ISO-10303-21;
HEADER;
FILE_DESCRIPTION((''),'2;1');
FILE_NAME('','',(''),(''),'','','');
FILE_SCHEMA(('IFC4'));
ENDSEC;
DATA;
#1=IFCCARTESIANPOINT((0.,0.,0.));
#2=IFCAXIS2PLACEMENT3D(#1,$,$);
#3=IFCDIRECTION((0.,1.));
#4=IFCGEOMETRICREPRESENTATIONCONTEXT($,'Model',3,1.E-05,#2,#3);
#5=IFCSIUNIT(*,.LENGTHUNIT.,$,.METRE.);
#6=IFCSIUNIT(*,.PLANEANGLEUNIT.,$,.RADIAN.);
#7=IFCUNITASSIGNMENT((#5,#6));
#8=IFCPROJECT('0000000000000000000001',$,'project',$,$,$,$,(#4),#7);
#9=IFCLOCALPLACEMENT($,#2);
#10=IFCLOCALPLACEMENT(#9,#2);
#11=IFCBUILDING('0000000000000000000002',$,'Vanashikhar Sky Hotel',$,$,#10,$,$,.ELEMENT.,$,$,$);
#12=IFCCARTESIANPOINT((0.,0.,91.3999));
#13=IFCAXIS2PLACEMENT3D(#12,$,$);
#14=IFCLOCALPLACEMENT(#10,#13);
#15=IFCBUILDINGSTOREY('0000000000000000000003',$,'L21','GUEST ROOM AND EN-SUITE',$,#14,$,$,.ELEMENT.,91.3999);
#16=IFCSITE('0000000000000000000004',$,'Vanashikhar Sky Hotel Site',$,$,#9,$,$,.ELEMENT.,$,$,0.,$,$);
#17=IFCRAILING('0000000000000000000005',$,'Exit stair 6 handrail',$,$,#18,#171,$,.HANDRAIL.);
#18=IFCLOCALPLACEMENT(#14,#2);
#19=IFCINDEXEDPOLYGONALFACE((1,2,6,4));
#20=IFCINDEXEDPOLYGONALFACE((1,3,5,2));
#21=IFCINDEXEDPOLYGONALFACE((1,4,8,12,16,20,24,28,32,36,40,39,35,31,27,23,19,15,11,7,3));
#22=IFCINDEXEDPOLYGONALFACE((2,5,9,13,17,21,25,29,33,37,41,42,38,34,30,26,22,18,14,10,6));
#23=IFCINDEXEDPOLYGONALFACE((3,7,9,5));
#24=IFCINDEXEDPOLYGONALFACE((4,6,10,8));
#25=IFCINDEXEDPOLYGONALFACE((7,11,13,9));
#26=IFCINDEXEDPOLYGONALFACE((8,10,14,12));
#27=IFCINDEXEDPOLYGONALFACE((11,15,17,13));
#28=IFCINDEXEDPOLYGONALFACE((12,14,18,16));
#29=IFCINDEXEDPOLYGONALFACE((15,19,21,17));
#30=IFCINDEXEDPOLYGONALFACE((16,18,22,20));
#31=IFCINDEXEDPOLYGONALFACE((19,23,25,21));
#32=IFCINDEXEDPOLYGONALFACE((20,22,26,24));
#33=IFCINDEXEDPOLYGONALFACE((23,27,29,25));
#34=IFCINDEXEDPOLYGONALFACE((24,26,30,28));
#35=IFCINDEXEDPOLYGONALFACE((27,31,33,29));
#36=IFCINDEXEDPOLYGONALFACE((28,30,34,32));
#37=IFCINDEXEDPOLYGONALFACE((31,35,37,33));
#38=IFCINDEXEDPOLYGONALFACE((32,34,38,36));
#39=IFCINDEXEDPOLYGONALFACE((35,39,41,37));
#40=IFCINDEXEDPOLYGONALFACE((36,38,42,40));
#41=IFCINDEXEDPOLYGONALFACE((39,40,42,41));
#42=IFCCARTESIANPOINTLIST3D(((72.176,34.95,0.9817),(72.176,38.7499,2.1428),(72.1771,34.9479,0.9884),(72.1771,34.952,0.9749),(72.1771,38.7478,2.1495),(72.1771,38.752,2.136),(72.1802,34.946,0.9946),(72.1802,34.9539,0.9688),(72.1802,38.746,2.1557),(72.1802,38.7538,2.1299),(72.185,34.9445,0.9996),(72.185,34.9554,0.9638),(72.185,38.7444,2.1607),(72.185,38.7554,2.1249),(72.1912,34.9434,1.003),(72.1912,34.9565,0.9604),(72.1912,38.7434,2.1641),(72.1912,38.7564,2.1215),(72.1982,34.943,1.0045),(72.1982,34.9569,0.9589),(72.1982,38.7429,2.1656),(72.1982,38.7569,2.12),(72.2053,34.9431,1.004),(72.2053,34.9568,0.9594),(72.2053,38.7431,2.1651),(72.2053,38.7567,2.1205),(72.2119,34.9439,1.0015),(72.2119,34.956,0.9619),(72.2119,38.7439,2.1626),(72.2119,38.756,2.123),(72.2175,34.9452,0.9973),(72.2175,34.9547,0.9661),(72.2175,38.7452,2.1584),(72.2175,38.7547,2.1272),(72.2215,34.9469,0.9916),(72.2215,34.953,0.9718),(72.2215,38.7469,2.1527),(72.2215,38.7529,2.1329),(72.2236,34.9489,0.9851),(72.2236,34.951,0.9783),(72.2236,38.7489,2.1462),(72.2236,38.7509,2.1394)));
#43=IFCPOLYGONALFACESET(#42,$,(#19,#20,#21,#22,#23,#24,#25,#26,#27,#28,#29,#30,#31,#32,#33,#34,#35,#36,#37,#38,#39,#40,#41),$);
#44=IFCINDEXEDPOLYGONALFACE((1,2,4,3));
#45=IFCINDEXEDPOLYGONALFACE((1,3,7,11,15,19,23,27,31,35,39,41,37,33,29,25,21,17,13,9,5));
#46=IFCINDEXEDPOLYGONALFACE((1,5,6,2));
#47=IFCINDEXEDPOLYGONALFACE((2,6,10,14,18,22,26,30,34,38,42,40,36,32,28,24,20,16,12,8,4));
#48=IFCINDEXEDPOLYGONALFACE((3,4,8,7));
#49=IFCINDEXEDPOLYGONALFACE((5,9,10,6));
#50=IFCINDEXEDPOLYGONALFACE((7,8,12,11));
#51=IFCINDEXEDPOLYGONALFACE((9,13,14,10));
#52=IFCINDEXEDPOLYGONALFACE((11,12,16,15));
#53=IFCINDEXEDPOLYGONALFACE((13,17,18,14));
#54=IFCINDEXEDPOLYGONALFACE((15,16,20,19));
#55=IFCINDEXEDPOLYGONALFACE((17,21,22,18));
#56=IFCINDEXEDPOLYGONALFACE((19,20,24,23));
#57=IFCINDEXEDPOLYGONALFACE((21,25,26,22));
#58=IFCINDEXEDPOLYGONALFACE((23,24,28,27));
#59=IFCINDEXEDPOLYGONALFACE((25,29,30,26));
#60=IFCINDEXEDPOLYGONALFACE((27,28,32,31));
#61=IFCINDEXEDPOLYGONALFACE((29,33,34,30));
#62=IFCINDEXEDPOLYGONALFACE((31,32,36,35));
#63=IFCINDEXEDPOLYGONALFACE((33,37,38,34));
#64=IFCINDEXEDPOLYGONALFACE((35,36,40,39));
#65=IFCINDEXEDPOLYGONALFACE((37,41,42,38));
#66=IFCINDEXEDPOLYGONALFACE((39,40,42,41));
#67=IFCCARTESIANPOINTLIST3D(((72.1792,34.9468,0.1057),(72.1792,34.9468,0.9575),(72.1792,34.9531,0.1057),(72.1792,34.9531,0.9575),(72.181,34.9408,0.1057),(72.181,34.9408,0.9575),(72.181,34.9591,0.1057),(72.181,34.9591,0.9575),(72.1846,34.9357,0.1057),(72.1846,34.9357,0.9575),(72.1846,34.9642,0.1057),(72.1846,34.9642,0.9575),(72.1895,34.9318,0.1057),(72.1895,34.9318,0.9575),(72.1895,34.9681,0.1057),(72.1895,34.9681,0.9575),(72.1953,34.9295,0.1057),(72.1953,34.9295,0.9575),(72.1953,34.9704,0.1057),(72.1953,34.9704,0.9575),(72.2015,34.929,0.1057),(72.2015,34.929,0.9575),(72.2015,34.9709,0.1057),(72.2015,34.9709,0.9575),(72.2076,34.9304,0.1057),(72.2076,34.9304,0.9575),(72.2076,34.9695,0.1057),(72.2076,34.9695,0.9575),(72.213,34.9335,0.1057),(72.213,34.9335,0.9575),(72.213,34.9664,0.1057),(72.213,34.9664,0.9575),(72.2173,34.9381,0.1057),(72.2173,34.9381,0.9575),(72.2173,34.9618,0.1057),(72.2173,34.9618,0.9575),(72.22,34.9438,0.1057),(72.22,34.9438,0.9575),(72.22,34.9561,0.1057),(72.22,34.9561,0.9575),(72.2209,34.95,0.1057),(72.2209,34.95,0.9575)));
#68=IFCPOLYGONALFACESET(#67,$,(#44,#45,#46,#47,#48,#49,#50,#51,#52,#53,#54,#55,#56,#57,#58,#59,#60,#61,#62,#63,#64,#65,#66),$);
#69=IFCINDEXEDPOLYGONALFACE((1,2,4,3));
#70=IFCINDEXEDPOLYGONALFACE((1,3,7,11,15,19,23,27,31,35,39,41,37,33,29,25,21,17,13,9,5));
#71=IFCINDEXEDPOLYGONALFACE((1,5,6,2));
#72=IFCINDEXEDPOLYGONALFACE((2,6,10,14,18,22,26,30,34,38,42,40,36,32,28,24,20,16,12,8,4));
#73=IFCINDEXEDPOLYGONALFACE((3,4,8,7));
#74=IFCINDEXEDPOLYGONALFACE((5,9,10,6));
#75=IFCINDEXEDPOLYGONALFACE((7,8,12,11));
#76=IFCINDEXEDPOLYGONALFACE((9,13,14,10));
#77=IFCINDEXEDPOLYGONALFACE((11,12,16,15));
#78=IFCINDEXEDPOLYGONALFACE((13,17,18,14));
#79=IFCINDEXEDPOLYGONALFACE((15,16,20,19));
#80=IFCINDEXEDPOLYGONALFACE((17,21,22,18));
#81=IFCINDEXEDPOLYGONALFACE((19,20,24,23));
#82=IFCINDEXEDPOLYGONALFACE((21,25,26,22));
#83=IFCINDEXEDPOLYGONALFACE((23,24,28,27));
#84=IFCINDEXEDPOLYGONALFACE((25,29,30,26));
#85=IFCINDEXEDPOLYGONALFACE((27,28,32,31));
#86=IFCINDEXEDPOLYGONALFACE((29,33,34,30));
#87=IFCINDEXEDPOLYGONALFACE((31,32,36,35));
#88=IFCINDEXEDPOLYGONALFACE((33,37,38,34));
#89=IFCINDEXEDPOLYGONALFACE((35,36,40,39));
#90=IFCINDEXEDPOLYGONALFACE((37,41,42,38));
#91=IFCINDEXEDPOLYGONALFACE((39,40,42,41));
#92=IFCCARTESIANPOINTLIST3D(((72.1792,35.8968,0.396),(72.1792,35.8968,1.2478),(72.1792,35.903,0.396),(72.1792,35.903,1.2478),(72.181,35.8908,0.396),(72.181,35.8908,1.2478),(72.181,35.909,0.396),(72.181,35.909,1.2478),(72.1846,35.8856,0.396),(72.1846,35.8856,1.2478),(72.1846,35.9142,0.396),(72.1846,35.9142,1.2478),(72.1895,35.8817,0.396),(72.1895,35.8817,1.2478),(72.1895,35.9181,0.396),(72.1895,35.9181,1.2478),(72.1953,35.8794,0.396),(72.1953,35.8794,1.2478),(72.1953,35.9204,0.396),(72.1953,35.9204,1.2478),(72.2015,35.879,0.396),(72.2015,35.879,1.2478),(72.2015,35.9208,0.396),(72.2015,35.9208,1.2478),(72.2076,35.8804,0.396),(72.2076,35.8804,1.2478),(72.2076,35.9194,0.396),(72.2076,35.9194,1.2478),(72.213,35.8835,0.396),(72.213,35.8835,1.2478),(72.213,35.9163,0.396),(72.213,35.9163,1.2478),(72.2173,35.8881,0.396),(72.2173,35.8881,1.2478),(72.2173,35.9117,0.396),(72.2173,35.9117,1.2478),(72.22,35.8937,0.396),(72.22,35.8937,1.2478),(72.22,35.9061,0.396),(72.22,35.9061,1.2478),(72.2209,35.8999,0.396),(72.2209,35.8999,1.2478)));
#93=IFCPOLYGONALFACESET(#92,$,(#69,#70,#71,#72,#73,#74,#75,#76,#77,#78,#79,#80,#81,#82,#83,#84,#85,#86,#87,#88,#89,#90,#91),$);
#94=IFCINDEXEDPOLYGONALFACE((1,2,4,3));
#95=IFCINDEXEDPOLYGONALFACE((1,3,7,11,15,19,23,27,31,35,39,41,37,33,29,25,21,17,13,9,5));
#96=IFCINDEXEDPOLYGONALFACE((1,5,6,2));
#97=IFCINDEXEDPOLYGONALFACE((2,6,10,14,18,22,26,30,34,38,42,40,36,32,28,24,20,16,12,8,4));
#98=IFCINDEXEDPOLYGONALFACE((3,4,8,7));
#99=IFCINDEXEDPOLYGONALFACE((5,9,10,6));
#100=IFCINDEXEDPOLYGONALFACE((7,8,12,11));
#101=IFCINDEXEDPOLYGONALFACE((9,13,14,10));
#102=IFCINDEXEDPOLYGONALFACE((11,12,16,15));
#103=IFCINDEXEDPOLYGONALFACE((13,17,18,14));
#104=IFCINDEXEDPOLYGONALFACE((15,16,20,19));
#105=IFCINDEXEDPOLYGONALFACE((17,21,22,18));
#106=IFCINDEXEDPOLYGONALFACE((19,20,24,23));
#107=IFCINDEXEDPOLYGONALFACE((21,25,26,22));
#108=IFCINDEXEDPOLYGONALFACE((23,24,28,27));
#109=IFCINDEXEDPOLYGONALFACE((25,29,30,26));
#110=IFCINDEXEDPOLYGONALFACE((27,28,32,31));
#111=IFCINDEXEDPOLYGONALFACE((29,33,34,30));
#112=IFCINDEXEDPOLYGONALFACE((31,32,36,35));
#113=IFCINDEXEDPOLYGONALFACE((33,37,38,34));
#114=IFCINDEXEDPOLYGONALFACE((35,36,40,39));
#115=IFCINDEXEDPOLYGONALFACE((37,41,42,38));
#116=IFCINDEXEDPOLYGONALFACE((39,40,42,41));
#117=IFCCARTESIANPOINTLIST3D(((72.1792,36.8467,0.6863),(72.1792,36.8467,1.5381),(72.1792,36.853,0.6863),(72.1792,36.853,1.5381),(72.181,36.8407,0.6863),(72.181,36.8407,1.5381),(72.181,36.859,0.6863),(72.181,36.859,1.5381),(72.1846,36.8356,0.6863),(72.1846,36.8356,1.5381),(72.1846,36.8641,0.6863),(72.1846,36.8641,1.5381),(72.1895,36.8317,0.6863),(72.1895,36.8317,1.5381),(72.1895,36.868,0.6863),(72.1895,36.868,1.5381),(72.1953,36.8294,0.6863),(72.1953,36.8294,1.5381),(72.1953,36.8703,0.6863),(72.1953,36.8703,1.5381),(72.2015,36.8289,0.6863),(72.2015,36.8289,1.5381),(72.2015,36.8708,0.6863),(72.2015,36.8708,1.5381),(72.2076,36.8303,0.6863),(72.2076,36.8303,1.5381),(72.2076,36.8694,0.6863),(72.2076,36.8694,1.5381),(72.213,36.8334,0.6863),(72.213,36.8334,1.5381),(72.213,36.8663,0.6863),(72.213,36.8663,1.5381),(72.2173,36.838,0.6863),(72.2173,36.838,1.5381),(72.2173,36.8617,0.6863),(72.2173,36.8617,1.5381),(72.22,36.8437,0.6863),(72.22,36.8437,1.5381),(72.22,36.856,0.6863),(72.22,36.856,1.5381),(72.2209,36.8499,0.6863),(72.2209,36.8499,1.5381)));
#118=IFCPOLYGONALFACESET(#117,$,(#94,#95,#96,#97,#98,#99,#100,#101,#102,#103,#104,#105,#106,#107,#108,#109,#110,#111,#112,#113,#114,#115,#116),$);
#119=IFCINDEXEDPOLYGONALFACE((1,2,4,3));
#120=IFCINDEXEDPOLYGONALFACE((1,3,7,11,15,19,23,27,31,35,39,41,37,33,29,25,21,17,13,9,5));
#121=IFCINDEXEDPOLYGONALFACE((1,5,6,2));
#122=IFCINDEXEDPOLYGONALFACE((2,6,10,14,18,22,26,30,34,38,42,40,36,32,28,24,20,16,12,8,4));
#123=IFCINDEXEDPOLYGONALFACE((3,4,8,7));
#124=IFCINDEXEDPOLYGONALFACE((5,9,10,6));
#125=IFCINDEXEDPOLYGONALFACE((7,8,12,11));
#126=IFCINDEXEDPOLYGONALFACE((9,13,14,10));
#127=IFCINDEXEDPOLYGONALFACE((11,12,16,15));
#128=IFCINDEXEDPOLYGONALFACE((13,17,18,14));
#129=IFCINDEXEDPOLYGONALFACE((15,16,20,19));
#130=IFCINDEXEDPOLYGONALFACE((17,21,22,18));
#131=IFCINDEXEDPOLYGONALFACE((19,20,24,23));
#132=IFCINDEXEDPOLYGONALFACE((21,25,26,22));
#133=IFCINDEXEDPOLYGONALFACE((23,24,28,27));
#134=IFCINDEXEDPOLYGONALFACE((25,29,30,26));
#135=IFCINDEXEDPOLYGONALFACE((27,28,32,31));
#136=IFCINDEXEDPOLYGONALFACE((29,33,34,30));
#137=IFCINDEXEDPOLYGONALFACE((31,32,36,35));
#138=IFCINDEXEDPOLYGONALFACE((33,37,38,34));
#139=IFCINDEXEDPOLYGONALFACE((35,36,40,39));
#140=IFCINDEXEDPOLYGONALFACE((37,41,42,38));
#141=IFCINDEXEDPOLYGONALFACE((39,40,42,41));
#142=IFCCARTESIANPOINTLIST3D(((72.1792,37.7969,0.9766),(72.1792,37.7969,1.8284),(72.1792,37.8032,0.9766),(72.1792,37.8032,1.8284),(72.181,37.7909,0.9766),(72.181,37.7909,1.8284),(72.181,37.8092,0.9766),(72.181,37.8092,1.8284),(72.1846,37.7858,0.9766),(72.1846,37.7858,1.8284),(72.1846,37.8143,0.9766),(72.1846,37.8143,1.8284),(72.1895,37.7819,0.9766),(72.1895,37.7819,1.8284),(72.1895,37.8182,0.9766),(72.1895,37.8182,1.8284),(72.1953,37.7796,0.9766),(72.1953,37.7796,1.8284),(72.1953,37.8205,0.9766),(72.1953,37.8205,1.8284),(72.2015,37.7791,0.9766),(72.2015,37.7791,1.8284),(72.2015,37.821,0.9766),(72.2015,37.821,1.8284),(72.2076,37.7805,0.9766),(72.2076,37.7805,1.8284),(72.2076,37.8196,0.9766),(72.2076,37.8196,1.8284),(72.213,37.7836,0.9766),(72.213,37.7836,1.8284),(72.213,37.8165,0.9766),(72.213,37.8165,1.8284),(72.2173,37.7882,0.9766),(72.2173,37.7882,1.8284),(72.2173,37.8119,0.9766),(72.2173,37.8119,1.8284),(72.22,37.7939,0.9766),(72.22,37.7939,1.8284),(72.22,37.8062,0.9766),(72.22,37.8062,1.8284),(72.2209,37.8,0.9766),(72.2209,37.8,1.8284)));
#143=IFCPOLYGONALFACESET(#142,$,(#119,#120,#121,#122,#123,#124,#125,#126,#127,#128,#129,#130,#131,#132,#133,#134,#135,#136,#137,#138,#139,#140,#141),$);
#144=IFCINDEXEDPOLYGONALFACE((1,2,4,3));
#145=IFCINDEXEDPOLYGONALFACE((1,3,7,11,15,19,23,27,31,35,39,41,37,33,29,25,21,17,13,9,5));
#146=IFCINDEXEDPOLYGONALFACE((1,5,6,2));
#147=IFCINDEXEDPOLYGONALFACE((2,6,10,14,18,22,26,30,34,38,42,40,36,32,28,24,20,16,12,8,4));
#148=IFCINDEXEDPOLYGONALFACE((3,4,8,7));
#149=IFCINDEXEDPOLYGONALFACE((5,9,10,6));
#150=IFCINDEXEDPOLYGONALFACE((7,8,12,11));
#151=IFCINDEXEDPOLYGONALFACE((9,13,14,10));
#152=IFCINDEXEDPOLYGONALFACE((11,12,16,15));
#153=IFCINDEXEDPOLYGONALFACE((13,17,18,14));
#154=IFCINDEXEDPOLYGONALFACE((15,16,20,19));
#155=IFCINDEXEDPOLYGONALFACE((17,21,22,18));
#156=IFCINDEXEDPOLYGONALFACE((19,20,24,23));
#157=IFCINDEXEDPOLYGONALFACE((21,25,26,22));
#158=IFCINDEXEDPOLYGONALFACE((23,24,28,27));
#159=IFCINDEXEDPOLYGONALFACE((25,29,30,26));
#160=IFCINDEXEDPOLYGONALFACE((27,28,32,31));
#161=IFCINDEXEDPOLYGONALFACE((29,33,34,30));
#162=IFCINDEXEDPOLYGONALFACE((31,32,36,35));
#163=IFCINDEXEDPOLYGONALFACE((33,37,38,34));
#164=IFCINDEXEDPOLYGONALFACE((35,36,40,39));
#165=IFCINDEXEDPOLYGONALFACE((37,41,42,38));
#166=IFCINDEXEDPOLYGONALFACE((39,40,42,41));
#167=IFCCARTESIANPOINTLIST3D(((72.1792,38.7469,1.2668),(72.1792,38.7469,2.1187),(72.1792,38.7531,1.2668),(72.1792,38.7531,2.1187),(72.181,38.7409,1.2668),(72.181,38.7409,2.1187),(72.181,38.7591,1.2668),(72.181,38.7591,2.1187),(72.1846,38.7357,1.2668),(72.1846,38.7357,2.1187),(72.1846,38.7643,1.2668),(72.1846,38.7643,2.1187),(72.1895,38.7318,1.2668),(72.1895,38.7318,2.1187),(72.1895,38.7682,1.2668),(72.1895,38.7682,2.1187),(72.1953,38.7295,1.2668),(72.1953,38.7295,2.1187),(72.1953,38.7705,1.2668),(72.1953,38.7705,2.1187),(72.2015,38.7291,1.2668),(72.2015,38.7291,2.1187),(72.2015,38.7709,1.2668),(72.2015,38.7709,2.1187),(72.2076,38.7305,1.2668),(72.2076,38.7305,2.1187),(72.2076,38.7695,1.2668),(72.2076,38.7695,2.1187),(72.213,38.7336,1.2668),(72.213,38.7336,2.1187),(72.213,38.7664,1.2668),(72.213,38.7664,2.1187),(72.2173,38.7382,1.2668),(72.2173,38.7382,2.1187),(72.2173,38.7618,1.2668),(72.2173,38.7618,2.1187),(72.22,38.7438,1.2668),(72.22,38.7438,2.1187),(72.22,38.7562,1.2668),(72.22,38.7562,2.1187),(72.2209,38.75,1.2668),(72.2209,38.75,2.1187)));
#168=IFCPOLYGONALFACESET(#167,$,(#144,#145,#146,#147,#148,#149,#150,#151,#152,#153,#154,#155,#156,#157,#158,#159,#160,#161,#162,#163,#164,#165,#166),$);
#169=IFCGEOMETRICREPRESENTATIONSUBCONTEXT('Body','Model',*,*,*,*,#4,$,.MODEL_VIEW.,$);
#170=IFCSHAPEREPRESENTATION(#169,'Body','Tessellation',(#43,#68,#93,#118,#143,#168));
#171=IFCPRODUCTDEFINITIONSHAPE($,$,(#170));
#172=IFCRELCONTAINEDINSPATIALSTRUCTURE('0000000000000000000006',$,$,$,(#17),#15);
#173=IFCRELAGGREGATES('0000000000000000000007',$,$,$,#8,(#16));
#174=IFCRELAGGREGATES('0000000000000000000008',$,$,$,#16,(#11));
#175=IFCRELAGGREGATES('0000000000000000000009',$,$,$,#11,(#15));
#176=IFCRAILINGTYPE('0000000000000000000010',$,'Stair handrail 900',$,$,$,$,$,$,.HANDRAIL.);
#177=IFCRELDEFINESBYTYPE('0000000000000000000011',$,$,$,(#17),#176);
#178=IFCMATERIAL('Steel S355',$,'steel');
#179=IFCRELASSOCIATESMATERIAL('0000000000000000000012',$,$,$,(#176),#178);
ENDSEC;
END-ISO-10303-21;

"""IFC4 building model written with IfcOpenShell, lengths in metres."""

from ifc_helpers import new_model, si_unit, direction, frame, origin, origin_2d, place, context, subcontext, project, spatial, circle, extrude, source, transform, mapped, material, type_object, element, save


model = new_model("IFC4")

# Units and contexts
model_context = context("Model", 3, precision=1e-05, world=origin(), true_north=direction((0.0, 1.0)))
body_context = subcontext(model_context, "Body", "Model", "MODEL_VIEW")
ifc_project = project(units=[si_unit("LENGTHUNIT", "METRE"), si_unit("PLANEANGLEUNIT", "RADIAN")], contexts=[model_context])

# Site, building, storey
site_placement = place(None, origin())
site = spatial("IfcSite", under=ifc_project, at=site_placement, Name="Vanashikhar Sky Hotel Site", CompositionType="ELEMENT", RefElevation=0.0)
building_placement = place(site_placement, origin())
building = spatial("IfcBuilding", under=site, at=building_placement, Name="Vanashikhar Sky Hotel", CompositionType="ELEMENT")
storey_placement = place(building_placement, frame((0.0, 0.0, 91.3999)))
storey = spatial("IfcBuildingStorey", under=building, at=storey_placement, Name="L21", Description="GUEST ROOM AND EN-SUITE", CompositionType="ELEMENT", Elevation=91.3999)

# Railing
ifc_material_1 = material(Name="Steel S355", Category="steel")
railing_type_1 = type_object("IfcRailingType", Name="Stair handrail 900", PredefinedType="HANDRAIL", material=ifc_material_1)
shared_shape_1 = source(origin(), body_context, "Body", "SweptSolid", [
    extrude(circle(Radius=0.0239, at=origin_2d()), frame((0.0, 0.0, 0.876), z_axis=(0.0, 0.956351, 0.29222), x_axis=(-1.0, 0.0, 0.0)), (0.0, 0.0, 1.0), 3.9734),
    extrude(circle(Radius=0.021, at=origin_2d()), origin(), (0.0, 0.0, 1.0), 0.8518),
    extrude(circle(Radius=0.021, at=origin_2d()), frame((0.0, 0.95, 0.2903)), (0.0, 0.0, 1.0), 0.8518),
    extrude(circle(Radius=0.021, at=origin_2d()), frame((0.0, 1.8999, 0.5806)), (0.0, 0.0, 1.0), 0.8518),
    extrude(circle(Radius=0.021, at=origin_2d()), frame((0.0, 2.8501, 0.8708)), (0.0, 0.0, 1.0), 0.8518),
    extrude(circle(Radius=0.021, at=origin_2d()), frame((0.0, 3.8, 1.1611)), (0.0, 0.0, 1.0), 0.8518),
])
for number, where, name in (
    (1, (72.2, 34.95, 0.1057), "Exit stair 6 handrail"),
):
    element("IfcRailing", number, at=place(storey_placement, frame(where)), inside=storey, type_object=railing_type_1, Name=name, PredefinedType="HANDRAIL", context=body_context, shape_type="MappedRepresentation", body=[
        mapped(shared_shape_1, transform((0.0, 0.0, 0.0), scale=1.0)),
    ])

save(model, "model.ifc")
